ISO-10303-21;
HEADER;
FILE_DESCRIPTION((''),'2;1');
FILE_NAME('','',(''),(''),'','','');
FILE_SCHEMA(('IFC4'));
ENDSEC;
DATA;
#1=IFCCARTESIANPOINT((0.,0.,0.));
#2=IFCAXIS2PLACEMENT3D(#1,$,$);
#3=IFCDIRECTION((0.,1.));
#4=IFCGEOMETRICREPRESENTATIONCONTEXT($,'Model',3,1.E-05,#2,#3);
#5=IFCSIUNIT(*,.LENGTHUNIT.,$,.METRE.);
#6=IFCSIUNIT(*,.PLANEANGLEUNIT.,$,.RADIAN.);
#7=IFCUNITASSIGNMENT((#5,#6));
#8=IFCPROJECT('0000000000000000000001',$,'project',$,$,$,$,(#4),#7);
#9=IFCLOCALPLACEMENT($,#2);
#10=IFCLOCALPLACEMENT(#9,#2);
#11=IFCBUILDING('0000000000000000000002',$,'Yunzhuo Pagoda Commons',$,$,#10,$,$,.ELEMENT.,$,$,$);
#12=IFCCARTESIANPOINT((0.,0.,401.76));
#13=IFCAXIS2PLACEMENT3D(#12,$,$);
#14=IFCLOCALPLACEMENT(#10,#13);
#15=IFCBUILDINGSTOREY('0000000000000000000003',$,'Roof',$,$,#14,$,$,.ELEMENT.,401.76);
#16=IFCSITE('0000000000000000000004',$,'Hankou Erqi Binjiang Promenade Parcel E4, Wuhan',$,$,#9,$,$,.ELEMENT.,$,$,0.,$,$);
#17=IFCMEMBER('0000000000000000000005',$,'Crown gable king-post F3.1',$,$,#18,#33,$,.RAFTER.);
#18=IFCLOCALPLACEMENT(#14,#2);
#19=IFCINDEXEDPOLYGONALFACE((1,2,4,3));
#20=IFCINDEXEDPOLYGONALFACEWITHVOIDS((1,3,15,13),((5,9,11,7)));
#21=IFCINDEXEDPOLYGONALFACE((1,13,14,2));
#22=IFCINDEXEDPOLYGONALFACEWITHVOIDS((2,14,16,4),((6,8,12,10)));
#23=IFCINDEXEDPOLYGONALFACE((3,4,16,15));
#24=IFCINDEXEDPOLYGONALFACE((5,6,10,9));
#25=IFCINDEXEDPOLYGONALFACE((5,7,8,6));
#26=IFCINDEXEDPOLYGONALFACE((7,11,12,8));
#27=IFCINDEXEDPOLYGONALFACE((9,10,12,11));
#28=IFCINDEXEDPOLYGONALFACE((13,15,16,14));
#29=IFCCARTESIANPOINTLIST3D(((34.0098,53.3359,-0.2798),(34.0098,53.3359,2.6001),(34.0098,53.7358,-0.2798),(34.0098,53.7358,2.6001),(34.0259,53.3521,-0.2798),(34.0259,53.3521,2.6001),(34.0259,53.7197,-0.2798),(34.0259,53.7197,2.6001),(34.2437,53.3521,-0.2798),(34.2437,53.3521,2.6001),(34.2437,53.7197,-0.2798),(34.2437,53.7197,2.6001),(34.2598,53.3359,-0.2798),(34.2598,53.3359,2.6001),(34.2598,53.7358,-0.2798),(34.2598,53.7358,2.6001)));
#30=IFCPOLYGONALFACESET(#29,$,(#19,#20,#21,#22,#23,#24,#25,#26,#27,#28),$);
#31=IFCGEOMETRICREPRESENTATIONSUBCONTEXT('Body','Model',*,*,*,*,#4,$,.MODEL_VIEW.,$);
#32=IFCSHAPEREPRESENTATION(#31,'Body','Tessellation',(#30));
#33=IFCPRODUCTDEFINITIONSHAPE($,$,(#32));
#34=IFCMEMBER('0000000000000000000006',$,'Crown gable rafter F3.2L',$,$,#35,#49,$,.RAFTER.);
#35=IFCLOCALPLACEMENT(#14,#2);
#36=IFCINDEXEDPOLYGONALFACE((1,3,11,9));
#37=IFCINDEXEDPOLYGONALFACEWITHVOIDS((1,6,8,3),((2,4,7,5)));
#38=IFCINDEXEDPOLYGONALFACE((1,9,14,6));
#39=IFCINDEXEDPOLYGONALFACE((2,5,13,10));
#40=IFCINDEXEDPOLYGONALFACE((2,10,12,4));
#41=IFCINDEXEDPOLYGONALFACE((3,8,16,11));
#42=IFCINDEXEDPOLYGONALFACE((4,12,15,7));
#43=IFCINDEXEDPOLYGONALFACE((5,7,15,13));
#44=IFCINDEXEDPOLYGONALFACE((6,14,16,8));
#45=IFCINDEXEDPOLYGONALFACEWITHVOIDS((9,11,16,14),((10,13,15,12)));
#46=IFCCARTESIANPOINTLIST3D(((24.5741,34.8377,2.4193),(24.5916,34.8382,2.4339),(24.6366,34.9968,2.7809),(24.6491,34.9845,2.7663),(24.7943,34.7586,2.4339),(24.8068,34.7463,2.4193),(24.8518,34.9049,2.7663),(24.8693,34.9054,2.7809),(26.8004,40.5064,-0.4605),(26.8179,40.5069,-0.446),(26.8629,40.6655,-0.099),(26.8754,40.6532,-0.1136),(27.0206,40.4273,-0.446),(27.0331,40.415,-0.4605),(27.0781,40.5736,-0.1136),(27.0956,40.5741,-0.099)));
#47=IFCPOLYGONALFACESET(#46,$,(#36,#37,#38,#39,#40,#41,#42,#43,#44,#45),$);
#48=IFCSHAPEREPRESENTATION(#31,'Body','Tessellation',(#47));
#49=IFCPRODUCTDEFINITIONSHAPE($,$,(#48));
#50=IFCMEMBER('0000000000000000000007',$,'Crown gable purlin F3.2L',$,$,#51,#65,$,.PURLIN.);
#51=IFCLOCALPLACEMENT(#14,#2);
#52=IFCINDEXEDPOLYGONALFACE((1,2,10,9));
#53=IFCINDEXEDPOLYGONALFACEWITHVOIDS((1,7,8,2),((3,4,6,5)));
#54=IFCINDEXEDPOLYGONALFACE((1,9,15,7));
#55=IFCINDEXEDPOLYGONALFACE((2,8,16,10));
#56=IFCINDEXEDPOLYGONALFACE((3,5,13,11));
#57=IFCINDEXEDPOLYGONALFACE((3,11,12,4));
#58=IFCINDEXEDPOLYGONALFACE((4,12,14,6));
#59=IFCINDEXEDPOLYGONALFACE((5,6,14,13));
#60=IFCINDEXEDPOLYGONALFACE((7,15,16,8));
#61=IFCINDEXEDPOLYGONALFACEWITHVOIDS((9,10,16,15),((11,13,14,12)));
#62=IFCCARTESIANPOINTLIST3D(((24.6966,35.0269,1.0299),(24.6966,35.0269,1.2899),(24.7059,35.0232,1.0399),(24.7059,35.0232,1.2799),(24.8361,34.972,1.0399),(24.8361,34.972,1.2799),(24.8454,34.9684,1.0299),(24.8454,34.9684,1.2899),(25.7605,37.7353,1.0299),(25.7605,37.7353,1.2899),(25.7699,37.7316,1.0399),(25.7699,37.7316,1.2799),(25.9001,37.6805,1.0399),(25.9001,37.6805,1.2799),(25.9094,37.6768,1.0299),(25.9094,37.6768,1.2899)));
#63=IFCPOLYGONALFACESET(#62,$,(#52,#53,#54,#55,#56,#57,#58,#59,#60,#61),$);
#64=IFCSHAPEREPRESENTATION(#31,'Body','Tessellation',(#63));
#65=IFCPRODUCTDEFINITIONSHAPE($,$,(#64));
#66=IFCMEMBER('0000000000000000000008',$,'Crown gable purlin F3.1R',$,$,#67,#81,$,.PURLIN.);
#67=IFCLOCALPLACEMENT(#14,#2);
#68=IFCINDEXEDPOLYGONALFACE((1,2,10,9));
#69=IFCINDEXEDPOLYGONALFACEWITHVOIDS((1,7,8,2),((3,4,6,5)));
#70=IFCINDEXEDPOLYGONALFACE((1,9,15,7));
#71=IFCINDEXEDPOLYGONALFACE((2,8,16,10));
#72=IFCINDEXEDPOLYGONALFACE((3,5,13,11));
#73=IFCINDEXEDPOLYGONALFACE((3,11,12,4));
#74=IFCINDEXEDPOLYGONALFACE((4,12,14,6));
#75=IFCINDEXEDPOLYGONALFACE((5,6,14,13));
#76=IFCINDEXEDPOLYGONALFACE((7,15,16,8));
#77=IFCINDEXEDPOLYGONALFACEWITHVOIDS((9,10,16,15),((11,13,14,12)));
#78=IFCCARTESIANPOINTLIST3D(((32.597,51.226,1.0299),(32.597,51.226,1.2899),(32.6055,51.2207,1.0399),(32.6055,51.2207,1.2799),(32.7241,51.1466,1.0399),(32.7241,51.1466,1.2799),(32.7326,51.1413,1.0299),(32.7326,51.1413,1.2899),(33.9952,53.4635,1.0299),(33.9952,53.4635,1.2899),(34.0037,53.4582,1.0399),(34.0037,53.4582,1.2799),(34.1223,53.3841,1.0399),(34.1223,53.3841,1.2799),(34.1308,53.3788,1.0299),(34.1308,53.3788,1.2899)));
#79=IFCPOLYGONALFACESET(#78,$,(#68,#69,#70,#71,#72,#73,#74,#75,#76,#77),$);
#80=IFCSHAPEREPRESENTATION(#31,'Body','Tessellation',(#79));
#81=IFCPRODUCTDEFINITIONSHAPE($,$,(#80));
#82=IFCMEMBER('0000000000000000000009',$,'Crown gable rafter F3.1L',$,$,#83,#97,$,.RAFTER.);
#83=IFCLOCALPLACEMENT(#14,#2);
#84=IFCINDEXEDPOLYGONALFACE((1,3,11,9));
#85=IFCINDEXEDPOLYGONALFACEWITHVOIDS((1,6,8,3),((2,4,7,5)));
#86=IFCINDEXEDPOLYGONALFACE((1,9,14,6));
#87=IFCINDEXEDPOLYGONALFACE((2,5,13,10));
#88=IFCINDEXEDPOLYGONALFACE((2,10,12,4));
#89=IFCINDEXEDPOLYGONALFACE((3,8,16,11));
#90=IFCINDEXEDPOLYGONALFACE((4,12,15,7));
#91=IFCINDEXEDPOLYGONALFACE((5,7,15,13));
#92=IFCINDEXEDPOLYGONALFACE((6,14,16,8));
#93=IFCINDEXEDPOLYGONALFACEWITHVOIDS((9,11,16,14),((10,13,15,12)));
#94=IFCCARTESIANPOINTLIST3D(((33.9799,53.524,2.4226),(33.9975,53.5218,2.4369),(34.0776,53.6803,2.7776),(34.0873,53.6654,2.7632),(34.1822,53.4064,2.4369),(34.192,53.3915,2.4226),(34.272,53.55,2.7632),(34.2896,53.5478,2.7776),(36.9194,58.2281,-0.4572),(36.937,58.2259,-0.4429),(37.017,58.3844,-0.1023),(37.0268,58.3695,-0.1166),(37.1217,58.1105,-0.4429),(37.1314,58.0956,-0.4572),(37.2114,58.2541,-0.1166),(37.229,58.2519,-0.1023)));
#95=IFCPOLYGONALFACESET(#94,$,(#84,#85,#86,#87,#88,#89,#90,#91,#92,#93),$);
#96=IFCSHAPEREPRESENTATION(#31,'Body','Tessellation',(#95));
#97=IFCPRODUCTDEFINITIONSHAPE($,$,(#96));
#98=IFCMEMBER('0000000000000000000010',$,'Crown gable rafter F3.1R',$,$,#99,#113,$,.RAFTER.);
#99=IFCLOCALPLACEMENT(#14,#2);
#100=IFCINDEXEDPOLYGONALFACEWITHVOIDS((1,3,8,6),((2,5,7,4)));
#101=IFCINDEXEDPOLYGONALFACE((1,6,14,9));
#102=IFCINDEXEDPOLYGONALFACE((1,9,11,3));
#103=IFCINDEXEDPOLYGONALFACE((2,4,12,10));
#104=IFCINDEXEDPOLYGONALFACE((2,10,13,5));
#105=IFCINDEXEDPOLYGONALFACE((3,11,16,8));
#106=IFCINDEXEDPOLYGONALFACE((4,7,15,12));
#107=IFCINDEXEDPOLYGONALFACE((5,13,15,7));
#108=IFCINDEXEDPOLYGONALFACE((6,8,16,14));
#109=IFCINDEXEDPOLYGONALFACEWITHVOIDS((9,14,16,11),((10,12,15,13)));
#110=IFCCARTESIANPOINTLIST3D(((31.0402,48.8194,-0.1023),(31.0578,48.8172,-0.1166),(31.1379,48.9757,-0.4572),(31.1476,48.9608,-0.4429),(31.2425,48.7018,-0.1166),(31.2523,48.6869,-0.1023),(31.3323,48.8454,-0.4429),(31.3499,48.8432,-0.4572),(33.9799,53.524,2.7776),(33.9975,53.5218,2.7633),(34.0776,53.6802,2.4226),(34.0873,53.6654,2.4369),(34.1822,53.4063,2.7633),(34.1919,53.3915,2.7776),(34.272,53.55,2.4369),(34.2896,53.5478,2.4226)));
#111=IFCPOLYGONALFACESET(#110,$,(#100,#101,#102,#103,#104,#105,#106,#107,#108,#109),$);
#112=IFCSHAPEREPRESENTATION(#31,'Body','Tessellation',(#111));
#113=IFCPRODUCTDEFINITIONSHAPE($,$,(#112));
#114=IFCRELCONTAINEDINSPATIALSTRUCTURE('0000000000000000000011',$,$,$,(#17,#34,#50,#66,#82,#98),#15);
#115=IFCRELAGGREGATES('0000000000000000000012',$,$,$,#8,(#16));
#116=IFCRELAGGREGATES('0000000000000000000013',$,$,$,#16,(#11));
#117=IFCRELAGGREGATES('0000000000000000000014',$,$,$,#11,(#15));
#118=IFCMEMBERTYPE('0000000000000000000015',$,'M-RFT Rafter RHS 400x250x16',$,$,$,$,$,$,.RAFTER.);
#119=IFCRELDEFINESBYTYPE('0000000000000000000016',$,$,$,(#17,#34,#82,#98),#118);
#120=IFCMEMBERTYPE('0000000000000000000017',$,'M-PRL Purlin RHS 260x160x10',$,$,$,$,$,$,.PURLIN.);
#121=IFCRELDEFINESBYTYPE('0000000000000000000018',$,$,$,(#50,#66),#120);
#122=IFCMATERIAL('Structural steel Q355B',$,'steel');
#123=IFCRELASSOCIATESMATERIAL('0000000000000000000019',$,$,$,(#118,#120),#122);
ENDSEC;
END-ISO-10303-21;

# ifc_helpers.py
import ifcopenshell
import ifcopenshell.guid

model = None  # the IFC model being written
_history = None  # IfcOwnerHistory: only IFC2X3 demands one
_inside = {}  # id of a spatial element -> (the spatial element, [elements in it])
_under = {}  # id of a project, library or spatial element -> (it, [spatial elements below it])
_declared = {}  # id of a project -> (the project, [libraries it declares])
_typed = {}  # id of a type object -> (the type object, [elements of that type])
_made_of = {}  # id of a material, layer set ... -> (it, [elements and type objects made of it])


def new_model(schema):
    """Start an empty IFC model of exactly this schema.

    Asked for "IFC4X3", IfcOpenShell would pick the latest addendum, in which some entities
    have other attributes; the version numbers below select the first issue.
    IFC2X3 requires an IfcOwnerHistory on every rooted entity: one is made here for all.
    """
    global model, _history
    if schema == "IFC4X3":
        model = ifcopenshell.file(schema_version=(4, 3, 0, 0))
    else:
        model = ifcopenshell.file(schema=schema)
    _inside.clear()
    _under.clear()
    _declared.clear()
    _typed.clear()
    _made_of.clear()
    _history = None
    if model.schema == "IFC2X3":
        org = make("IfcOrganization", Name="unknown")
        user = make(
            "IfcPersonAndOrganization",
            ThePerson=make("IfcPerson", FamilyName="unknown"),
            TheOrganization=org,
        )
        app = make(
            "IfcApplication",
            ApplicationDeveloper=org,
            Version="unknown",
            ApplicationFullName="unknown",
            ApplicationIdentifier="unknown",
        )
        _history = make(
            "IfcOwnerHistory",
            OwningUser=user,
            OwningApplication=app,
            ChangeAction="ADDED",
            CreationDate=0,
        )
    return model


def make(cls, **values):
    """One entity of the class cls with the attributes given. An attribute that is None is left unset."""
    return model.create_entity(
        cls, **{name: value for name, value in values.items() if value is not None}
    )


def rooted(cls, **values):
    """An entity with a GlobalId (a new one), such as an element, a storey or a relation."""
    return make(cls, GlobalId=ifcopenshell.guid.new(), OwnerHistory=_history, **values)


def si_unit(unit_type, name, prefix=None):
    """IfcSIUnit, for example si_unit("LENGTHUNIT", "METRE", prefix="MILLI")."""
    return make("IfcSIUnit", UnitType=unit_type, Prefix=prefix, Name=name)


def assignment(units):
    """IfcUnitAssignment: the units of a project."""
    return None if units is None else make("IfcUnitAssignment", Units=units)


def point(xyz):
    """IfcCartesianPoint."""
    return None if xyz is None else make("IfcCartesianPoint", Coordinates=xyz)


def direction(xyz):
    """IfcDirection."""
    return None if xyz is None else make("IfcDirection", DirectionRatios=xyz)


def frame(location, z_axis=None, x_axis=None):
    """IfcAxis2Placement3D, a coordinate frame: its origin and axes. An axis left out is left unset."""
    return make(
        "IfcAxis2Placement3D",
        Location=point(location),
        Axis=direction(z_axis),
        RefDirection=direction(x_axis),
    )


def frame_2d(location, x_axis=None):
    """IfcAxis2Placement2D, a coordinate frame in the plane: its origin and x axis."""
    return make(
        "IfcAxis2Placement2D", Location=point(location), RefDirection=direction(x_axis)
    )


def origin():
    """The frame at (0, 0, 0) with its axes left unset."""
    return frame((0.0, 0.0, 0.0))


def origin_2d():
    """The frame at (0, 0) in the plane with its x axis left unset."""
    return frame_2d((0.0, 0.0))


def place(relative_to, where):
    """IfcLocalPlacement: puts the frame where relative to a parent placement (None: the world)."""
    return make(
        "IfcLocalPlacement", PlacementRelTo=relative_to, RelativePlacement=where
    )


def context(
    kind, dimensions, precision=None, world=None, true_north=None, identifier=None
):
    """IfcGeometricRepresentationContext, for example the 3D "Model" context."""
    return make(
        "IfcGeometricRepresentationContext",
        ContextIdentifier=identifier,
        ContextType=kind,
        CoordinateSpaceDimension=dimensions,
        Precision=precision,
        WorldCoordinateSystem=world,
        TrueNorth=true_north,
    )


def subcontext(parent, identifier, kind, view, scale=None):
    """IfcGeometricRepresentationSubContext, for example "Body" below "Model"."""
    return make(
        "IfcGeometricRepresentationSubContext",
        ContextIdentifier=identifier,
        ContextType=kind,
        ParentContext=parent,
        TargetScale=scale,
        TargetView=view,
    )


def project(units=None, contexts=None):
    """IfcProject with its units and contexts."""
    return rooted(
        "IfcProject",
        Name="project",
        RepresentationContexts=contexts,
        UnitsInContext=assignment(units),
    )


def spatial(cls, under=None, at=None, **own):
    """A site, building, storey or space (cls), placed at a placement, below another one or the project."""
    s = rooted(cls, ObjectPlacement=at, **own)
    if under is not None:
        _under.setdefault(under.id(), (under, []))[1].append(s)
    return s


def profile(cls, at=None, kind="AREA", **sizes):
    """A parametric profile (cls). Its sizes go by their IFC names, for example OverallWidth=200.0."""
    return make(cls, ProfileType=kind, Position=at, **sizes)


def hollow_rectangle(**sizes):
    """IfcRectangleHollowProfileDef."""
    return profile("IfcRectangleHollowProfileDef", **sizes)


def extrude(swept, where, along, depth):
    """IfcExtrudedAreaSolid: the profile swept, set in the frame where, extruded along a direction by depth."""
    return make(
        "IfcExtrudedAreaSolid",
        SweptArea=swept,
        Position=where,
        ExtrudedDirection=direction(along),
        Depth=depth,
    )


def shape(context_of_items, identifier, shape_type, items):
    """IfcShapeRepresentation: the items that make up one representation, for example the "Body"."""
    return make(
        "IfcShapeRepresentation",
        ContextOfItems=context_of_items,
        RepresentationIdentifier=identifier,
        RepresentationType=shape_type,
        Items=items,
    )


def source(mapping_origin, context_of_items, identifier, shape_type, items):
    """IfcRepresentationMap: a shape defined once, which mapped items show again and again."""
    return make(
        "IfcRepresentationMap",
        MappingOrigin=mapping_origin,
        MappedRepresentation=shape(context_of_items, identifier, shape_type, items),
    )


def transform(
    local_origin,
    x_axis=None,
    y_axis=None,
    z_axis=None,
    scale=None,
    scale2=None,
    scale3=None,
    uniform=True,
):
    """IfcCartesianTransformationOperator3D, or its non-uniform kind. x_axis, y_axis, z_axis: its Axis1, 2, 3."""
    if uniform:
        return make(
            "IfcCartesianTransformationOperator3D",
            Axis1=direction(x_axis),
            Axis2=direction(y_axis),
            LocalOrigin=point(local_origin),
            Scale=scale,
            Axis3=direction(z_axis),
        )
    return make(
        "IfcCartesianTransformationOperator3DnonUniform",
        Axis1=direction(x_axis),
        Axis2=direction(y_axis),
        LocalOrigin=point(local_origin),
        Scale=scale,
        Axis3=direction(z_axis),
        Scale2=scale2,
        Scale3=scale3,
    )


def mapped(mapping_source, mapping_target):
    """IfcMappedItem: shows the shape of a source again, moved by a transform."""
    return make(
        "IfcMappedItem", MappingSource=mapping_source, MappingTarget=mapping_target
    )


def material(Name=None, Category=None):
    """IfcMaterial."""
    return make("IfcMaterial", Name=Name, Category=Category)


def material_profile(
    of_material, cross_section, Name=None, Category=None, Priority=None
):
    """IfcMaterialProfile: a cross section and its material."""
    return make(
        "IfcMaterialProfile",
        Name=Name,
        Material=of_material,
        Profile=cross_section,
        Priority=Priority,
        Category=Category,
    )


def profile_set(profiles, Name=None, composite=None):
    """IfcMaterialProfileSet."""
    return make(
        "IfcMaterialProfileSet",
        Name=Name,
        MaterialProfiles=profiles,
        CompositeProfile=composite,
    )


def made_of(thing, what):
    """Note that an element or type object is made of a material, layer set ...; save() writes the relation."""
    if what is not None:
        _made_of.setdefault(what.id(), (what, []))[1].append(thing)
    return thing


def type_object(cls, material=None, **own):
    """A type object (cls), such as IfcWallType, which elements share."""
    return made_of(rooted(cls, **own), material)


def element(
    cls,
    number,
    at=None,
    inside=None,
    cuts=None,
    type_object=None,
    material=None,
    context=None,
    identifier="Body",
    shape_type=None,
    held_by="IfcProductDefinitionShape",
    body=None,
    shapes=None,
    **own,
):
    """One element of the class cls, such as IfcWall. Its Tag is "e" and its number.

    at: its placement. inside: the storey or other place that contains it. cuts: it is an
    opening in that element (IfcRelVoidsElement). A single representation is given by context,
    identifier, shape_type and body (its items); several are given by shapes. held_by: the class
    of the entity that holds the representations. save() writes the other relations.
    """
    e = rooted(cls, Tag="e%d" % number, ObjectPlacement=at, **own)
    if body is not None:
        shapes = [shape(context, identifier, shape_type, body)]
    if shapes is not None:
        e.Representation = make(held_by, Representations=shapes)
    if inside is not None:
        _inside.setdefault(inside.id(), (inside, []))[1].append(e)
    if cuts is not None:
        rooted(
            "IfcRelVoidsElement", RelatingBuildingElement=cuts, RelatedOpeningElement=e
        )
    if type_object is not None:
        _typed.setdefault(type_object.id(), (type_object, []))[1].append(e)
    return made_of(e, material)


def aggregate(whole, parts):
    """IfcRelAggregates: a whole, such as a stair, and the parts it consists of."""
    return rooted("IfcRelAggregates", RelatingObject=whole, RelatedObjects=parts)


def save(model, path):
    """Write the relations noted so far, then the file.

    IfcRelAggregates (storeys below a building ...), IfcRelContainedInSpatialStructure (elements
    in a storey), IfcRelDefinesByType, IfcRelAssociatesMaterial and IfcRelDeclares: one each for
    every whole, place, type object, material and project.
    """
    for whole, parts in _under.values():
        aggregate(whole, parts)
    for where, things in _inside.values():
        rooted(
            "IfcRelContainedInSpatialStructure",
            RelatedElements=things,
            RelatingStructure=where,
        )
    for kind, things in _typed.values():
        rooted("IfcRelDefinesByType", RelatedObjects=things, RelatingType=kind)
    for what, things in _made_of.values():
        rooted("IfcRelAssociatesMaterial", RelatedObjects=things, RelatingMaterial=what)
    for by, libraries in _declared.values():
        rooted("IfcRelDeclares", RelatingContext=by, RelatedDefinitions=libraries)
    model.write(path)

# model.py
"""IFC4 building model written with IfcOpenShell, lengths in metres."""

from ifc_helpers import new_model, si_unit, direction, frame, origin, origin_2d, place, context, subcontext, project, spatial, hollow_rectangle, extrude, source, transform, mapped, material, material_profile, profile_set, type_object, element, save


model = new_model("IFC4")

# Units and contexts
model_context = context("Model", 3, precision=1e-05, world=origin(), true_north=direction((0.0, 1.0)))
body_context = subcontext(model_context, "Body", "Model", "MODEL_VIEW")
ifc_project = project(units=[si_unit("LENGTHUNIT", "METRE"), si_unit("PLANEANGLEUNIT", "RADIAN")], contexts=[model_context])

# Site, building, storey
site_placement = place(None, origin())
site = spatial("IfcSite", under=ifc_project, at=site_placement, Name="Hankou Erqi Binjiang Promenade Parcel E4, Wuhan", CompositionType="ELEMENT", RefElevation=0.0)
building_placement = place(site_placement, origin())
building = spatial("IfcBuilding", under=site, at=building_placement, Name="Yunzhuo Pagoda Commons", CompositionType="ELEMENT")
storey_placement = place(building_placement, frame((0.0, 0.0, 401.76)))
storey = spatial("IfcBuildingStorey", under=building, at=storey_placement, Name="Roof", CompositionType="ELEMENT", Elevation=401.76)

# Shared definitions
ifc_material_1 = material(Name="Structural steel Q355B", Category="steel")

# Members
ifc_material_profile_1 = material_profile(ifc_material_1, hollow_rectangle(XDim=0.25, YDim=0.3999, WallThickness=0.0161, at=origin_2d()), Name="Structural steel Q355B")
ifc_profile_set_1 = profile_set([ifc_material_profile_1], Name="Structural steel Q355B")
member_type_1 = type_object("IfcMemberType", Name="M-RFT Rafter RHS 400x250x16", PredefinedType="RAFTER", material=ifc_profile_set_1)
shared_shape_1 = source(origin(), body_context, "Body", "SweptSolid", [
    extrude(hollow_rectangle(XDim=0.25, YDim=0.3999, WallThickness=0.0161, at=origin_2d()), origin(), (0.0, 0.0, 1.0), 2.8799),
])
member_1_placement = place(storey_placement, frame((34.1348, 53.5359, -0.2798), z_axis=(0.0, 0.0, 1.0), x_axis=(1.0, 0.0, 0.0)))
element("IfcMember", 1, at=member_1_placement, inside=storey, type_object=member_type_1, Name="Crown gable king-post F3.1", PredefinedType="RAFTER", context=body_context, shape_type="MappedRepresentation", body=[
    mapped(shared_shape_1, transform((0.0, 0.0, 0.0), scale=1.0)),
])
shared_shape_2 = source(origin(), body_context, "Body", "SweptSolid", [
    extrude(hollow_rectangle(XDim=0.25, YDim=0.3999, WallThickness=0.0161, at=origin_2d()), origin(), (0.0, 0.0, 1.0), 6.7368),
])
member_2_placement = place(storey_placement, frame((26.948, 40.5403, -0.2798), z_axis=(-0.330471, -0.841454, 0.427486), x_axis=(0.930789, -0.365557, 0.0)))
element("IfcMember", 2, at=member_2_placement, inside=storey, type_object=member_type_1, Name="Crown gable rafter F3.2L", PredefinedType="RAFTER", context=body_context, shape_type="MappedRepresentation", body=[
    mapped(shared_shape_2, transform((0.0, 0.0, 0.0), scale=1.0)),
])
ifc_material_profile_2 = material_profile(ifc_material_1, hollow_rectangle(XDim=0.1599, YDim=0.26, WallThickness=0.01, at=origin_2d()), Name="Structural steel Q355B")
ifc_profile_set_2 = profile_set([ifc_material_profile_2], Name="Structural steel Q355B")
member_type_2 = type_object("IfcMemberType", Name="M-PRL Purlin RHS 260x160x10", PredefinedType="PURLIN", material=ifc_profile_set_2)
shared_shape_3 = source(origin(), body_context, "Body", "SweptSolid", [
    extrude(hollow_rectangle(XDim=0.1599, YDim=0.26, WallThickness=0.01, at=origin_2d()), origin(), (0.0, 0.0, 1.0), 2.9099),
])
member_3_placement = place(storey_placement, frame((25.835, 37.7061, 1.1599), z_axis=(-0.365626, -0.930762, 0.0), x_axis=(0.930762, -0.365626, 0.0)))
element("IfcMember", 3, at=member_3_placement, inside=storey, type_object=member_type_2, Name="Crown gable purlin F3.2L", PredefinedType="PURLIN", context=body_context, shape_type="MappedRepresentation", body=[
    mapped(shared_shape_3, transform((0.0, 0.0, 0.0), scale=1.0)),
])
shared_shape_4 = source(origin(), body_context, "Body", "SweptSolid", [
    extrude(hollow_rectangle(XDim=0.1599, YDim=0.26, WallThickness=0.01, at=origin_2d()), origin(), (0.0, 0.0, 1.0), 2.6384),
])
member_4_placement = place(storey_placement, frame((34.063, 53.4211, 1.1599), z_axis=(-0.529924, -0.848045, 0.0), x_axis=(0.848045, -0.529924, 0.0)))
element("IfcMember", 4, at=member_4_placement, inside=storey, type_object=member_type_2, Name="Crown gable purlin F3.1R", PredefinedType="PURLIN", context=body_context, shape_type="MappedRepresentation", body=[
    mapped(shared_shape_4, transform((0.0, 0.0, 0.0), scale=1.0)),
])
shared_shape_5 = source(origin(), body_context, "Body", "SweptSolid", [
    extrude(hollow_rectangle(XDim=0.25, YDim=0.3999, WallThickness=0.0161, at=origin_2d()), origin(), (0.0, 0.0, 1.0), 6.25),
])
member_5_placement = place(storey_placement, frame((37.0742, 58.24, -0.2798), z_axis=(-0.470311, -0.752655, 0.46078), x_axis=(0.848048, -0.52992, 0.0)))
element("IfcMember", 5, at=member_5_placement, inside=storey, type_object=member_type_1, Name="Crown gable rafter F3.1L", PredefinedType="RAFTER", context=body_context, shape_type="MappedRepresentation", body=[
    mapped(shared_shape_5, transform((0.0, 0.0, 0.0), scale=1.0)),
])
shared_shape_6 = source(origin(), body_context, "Body", "SweptSolid", [
    extrude(hollow_rectangle(XDim=0.25, YDim=0.3999, WallThickness=0.0161, at=origin_2d()), origin(), (0.0, 0.0, 1.0), 6.2505),
])
member_6_placement = place(storey_placement, frame((31.1951, 48.8313, -0.2798), z_axis=(0.470314, 0.752675, 0.460745), x_axis=(-0.848053, 0.529912, 0.0)))
element("IfcMember", 6, at=member_6_placement, inside=storey, type_object=member_type_1, Name="Crown gable rafter F3.1R", PredefinedType="RAFTER", context=body_context, shape_type="MappedRepresentation", body=[
    mapped(shared_shape_6, transform((0.0, 0.0, 0.0), scale=1.0)),
])

save(model, "model.ifc")
